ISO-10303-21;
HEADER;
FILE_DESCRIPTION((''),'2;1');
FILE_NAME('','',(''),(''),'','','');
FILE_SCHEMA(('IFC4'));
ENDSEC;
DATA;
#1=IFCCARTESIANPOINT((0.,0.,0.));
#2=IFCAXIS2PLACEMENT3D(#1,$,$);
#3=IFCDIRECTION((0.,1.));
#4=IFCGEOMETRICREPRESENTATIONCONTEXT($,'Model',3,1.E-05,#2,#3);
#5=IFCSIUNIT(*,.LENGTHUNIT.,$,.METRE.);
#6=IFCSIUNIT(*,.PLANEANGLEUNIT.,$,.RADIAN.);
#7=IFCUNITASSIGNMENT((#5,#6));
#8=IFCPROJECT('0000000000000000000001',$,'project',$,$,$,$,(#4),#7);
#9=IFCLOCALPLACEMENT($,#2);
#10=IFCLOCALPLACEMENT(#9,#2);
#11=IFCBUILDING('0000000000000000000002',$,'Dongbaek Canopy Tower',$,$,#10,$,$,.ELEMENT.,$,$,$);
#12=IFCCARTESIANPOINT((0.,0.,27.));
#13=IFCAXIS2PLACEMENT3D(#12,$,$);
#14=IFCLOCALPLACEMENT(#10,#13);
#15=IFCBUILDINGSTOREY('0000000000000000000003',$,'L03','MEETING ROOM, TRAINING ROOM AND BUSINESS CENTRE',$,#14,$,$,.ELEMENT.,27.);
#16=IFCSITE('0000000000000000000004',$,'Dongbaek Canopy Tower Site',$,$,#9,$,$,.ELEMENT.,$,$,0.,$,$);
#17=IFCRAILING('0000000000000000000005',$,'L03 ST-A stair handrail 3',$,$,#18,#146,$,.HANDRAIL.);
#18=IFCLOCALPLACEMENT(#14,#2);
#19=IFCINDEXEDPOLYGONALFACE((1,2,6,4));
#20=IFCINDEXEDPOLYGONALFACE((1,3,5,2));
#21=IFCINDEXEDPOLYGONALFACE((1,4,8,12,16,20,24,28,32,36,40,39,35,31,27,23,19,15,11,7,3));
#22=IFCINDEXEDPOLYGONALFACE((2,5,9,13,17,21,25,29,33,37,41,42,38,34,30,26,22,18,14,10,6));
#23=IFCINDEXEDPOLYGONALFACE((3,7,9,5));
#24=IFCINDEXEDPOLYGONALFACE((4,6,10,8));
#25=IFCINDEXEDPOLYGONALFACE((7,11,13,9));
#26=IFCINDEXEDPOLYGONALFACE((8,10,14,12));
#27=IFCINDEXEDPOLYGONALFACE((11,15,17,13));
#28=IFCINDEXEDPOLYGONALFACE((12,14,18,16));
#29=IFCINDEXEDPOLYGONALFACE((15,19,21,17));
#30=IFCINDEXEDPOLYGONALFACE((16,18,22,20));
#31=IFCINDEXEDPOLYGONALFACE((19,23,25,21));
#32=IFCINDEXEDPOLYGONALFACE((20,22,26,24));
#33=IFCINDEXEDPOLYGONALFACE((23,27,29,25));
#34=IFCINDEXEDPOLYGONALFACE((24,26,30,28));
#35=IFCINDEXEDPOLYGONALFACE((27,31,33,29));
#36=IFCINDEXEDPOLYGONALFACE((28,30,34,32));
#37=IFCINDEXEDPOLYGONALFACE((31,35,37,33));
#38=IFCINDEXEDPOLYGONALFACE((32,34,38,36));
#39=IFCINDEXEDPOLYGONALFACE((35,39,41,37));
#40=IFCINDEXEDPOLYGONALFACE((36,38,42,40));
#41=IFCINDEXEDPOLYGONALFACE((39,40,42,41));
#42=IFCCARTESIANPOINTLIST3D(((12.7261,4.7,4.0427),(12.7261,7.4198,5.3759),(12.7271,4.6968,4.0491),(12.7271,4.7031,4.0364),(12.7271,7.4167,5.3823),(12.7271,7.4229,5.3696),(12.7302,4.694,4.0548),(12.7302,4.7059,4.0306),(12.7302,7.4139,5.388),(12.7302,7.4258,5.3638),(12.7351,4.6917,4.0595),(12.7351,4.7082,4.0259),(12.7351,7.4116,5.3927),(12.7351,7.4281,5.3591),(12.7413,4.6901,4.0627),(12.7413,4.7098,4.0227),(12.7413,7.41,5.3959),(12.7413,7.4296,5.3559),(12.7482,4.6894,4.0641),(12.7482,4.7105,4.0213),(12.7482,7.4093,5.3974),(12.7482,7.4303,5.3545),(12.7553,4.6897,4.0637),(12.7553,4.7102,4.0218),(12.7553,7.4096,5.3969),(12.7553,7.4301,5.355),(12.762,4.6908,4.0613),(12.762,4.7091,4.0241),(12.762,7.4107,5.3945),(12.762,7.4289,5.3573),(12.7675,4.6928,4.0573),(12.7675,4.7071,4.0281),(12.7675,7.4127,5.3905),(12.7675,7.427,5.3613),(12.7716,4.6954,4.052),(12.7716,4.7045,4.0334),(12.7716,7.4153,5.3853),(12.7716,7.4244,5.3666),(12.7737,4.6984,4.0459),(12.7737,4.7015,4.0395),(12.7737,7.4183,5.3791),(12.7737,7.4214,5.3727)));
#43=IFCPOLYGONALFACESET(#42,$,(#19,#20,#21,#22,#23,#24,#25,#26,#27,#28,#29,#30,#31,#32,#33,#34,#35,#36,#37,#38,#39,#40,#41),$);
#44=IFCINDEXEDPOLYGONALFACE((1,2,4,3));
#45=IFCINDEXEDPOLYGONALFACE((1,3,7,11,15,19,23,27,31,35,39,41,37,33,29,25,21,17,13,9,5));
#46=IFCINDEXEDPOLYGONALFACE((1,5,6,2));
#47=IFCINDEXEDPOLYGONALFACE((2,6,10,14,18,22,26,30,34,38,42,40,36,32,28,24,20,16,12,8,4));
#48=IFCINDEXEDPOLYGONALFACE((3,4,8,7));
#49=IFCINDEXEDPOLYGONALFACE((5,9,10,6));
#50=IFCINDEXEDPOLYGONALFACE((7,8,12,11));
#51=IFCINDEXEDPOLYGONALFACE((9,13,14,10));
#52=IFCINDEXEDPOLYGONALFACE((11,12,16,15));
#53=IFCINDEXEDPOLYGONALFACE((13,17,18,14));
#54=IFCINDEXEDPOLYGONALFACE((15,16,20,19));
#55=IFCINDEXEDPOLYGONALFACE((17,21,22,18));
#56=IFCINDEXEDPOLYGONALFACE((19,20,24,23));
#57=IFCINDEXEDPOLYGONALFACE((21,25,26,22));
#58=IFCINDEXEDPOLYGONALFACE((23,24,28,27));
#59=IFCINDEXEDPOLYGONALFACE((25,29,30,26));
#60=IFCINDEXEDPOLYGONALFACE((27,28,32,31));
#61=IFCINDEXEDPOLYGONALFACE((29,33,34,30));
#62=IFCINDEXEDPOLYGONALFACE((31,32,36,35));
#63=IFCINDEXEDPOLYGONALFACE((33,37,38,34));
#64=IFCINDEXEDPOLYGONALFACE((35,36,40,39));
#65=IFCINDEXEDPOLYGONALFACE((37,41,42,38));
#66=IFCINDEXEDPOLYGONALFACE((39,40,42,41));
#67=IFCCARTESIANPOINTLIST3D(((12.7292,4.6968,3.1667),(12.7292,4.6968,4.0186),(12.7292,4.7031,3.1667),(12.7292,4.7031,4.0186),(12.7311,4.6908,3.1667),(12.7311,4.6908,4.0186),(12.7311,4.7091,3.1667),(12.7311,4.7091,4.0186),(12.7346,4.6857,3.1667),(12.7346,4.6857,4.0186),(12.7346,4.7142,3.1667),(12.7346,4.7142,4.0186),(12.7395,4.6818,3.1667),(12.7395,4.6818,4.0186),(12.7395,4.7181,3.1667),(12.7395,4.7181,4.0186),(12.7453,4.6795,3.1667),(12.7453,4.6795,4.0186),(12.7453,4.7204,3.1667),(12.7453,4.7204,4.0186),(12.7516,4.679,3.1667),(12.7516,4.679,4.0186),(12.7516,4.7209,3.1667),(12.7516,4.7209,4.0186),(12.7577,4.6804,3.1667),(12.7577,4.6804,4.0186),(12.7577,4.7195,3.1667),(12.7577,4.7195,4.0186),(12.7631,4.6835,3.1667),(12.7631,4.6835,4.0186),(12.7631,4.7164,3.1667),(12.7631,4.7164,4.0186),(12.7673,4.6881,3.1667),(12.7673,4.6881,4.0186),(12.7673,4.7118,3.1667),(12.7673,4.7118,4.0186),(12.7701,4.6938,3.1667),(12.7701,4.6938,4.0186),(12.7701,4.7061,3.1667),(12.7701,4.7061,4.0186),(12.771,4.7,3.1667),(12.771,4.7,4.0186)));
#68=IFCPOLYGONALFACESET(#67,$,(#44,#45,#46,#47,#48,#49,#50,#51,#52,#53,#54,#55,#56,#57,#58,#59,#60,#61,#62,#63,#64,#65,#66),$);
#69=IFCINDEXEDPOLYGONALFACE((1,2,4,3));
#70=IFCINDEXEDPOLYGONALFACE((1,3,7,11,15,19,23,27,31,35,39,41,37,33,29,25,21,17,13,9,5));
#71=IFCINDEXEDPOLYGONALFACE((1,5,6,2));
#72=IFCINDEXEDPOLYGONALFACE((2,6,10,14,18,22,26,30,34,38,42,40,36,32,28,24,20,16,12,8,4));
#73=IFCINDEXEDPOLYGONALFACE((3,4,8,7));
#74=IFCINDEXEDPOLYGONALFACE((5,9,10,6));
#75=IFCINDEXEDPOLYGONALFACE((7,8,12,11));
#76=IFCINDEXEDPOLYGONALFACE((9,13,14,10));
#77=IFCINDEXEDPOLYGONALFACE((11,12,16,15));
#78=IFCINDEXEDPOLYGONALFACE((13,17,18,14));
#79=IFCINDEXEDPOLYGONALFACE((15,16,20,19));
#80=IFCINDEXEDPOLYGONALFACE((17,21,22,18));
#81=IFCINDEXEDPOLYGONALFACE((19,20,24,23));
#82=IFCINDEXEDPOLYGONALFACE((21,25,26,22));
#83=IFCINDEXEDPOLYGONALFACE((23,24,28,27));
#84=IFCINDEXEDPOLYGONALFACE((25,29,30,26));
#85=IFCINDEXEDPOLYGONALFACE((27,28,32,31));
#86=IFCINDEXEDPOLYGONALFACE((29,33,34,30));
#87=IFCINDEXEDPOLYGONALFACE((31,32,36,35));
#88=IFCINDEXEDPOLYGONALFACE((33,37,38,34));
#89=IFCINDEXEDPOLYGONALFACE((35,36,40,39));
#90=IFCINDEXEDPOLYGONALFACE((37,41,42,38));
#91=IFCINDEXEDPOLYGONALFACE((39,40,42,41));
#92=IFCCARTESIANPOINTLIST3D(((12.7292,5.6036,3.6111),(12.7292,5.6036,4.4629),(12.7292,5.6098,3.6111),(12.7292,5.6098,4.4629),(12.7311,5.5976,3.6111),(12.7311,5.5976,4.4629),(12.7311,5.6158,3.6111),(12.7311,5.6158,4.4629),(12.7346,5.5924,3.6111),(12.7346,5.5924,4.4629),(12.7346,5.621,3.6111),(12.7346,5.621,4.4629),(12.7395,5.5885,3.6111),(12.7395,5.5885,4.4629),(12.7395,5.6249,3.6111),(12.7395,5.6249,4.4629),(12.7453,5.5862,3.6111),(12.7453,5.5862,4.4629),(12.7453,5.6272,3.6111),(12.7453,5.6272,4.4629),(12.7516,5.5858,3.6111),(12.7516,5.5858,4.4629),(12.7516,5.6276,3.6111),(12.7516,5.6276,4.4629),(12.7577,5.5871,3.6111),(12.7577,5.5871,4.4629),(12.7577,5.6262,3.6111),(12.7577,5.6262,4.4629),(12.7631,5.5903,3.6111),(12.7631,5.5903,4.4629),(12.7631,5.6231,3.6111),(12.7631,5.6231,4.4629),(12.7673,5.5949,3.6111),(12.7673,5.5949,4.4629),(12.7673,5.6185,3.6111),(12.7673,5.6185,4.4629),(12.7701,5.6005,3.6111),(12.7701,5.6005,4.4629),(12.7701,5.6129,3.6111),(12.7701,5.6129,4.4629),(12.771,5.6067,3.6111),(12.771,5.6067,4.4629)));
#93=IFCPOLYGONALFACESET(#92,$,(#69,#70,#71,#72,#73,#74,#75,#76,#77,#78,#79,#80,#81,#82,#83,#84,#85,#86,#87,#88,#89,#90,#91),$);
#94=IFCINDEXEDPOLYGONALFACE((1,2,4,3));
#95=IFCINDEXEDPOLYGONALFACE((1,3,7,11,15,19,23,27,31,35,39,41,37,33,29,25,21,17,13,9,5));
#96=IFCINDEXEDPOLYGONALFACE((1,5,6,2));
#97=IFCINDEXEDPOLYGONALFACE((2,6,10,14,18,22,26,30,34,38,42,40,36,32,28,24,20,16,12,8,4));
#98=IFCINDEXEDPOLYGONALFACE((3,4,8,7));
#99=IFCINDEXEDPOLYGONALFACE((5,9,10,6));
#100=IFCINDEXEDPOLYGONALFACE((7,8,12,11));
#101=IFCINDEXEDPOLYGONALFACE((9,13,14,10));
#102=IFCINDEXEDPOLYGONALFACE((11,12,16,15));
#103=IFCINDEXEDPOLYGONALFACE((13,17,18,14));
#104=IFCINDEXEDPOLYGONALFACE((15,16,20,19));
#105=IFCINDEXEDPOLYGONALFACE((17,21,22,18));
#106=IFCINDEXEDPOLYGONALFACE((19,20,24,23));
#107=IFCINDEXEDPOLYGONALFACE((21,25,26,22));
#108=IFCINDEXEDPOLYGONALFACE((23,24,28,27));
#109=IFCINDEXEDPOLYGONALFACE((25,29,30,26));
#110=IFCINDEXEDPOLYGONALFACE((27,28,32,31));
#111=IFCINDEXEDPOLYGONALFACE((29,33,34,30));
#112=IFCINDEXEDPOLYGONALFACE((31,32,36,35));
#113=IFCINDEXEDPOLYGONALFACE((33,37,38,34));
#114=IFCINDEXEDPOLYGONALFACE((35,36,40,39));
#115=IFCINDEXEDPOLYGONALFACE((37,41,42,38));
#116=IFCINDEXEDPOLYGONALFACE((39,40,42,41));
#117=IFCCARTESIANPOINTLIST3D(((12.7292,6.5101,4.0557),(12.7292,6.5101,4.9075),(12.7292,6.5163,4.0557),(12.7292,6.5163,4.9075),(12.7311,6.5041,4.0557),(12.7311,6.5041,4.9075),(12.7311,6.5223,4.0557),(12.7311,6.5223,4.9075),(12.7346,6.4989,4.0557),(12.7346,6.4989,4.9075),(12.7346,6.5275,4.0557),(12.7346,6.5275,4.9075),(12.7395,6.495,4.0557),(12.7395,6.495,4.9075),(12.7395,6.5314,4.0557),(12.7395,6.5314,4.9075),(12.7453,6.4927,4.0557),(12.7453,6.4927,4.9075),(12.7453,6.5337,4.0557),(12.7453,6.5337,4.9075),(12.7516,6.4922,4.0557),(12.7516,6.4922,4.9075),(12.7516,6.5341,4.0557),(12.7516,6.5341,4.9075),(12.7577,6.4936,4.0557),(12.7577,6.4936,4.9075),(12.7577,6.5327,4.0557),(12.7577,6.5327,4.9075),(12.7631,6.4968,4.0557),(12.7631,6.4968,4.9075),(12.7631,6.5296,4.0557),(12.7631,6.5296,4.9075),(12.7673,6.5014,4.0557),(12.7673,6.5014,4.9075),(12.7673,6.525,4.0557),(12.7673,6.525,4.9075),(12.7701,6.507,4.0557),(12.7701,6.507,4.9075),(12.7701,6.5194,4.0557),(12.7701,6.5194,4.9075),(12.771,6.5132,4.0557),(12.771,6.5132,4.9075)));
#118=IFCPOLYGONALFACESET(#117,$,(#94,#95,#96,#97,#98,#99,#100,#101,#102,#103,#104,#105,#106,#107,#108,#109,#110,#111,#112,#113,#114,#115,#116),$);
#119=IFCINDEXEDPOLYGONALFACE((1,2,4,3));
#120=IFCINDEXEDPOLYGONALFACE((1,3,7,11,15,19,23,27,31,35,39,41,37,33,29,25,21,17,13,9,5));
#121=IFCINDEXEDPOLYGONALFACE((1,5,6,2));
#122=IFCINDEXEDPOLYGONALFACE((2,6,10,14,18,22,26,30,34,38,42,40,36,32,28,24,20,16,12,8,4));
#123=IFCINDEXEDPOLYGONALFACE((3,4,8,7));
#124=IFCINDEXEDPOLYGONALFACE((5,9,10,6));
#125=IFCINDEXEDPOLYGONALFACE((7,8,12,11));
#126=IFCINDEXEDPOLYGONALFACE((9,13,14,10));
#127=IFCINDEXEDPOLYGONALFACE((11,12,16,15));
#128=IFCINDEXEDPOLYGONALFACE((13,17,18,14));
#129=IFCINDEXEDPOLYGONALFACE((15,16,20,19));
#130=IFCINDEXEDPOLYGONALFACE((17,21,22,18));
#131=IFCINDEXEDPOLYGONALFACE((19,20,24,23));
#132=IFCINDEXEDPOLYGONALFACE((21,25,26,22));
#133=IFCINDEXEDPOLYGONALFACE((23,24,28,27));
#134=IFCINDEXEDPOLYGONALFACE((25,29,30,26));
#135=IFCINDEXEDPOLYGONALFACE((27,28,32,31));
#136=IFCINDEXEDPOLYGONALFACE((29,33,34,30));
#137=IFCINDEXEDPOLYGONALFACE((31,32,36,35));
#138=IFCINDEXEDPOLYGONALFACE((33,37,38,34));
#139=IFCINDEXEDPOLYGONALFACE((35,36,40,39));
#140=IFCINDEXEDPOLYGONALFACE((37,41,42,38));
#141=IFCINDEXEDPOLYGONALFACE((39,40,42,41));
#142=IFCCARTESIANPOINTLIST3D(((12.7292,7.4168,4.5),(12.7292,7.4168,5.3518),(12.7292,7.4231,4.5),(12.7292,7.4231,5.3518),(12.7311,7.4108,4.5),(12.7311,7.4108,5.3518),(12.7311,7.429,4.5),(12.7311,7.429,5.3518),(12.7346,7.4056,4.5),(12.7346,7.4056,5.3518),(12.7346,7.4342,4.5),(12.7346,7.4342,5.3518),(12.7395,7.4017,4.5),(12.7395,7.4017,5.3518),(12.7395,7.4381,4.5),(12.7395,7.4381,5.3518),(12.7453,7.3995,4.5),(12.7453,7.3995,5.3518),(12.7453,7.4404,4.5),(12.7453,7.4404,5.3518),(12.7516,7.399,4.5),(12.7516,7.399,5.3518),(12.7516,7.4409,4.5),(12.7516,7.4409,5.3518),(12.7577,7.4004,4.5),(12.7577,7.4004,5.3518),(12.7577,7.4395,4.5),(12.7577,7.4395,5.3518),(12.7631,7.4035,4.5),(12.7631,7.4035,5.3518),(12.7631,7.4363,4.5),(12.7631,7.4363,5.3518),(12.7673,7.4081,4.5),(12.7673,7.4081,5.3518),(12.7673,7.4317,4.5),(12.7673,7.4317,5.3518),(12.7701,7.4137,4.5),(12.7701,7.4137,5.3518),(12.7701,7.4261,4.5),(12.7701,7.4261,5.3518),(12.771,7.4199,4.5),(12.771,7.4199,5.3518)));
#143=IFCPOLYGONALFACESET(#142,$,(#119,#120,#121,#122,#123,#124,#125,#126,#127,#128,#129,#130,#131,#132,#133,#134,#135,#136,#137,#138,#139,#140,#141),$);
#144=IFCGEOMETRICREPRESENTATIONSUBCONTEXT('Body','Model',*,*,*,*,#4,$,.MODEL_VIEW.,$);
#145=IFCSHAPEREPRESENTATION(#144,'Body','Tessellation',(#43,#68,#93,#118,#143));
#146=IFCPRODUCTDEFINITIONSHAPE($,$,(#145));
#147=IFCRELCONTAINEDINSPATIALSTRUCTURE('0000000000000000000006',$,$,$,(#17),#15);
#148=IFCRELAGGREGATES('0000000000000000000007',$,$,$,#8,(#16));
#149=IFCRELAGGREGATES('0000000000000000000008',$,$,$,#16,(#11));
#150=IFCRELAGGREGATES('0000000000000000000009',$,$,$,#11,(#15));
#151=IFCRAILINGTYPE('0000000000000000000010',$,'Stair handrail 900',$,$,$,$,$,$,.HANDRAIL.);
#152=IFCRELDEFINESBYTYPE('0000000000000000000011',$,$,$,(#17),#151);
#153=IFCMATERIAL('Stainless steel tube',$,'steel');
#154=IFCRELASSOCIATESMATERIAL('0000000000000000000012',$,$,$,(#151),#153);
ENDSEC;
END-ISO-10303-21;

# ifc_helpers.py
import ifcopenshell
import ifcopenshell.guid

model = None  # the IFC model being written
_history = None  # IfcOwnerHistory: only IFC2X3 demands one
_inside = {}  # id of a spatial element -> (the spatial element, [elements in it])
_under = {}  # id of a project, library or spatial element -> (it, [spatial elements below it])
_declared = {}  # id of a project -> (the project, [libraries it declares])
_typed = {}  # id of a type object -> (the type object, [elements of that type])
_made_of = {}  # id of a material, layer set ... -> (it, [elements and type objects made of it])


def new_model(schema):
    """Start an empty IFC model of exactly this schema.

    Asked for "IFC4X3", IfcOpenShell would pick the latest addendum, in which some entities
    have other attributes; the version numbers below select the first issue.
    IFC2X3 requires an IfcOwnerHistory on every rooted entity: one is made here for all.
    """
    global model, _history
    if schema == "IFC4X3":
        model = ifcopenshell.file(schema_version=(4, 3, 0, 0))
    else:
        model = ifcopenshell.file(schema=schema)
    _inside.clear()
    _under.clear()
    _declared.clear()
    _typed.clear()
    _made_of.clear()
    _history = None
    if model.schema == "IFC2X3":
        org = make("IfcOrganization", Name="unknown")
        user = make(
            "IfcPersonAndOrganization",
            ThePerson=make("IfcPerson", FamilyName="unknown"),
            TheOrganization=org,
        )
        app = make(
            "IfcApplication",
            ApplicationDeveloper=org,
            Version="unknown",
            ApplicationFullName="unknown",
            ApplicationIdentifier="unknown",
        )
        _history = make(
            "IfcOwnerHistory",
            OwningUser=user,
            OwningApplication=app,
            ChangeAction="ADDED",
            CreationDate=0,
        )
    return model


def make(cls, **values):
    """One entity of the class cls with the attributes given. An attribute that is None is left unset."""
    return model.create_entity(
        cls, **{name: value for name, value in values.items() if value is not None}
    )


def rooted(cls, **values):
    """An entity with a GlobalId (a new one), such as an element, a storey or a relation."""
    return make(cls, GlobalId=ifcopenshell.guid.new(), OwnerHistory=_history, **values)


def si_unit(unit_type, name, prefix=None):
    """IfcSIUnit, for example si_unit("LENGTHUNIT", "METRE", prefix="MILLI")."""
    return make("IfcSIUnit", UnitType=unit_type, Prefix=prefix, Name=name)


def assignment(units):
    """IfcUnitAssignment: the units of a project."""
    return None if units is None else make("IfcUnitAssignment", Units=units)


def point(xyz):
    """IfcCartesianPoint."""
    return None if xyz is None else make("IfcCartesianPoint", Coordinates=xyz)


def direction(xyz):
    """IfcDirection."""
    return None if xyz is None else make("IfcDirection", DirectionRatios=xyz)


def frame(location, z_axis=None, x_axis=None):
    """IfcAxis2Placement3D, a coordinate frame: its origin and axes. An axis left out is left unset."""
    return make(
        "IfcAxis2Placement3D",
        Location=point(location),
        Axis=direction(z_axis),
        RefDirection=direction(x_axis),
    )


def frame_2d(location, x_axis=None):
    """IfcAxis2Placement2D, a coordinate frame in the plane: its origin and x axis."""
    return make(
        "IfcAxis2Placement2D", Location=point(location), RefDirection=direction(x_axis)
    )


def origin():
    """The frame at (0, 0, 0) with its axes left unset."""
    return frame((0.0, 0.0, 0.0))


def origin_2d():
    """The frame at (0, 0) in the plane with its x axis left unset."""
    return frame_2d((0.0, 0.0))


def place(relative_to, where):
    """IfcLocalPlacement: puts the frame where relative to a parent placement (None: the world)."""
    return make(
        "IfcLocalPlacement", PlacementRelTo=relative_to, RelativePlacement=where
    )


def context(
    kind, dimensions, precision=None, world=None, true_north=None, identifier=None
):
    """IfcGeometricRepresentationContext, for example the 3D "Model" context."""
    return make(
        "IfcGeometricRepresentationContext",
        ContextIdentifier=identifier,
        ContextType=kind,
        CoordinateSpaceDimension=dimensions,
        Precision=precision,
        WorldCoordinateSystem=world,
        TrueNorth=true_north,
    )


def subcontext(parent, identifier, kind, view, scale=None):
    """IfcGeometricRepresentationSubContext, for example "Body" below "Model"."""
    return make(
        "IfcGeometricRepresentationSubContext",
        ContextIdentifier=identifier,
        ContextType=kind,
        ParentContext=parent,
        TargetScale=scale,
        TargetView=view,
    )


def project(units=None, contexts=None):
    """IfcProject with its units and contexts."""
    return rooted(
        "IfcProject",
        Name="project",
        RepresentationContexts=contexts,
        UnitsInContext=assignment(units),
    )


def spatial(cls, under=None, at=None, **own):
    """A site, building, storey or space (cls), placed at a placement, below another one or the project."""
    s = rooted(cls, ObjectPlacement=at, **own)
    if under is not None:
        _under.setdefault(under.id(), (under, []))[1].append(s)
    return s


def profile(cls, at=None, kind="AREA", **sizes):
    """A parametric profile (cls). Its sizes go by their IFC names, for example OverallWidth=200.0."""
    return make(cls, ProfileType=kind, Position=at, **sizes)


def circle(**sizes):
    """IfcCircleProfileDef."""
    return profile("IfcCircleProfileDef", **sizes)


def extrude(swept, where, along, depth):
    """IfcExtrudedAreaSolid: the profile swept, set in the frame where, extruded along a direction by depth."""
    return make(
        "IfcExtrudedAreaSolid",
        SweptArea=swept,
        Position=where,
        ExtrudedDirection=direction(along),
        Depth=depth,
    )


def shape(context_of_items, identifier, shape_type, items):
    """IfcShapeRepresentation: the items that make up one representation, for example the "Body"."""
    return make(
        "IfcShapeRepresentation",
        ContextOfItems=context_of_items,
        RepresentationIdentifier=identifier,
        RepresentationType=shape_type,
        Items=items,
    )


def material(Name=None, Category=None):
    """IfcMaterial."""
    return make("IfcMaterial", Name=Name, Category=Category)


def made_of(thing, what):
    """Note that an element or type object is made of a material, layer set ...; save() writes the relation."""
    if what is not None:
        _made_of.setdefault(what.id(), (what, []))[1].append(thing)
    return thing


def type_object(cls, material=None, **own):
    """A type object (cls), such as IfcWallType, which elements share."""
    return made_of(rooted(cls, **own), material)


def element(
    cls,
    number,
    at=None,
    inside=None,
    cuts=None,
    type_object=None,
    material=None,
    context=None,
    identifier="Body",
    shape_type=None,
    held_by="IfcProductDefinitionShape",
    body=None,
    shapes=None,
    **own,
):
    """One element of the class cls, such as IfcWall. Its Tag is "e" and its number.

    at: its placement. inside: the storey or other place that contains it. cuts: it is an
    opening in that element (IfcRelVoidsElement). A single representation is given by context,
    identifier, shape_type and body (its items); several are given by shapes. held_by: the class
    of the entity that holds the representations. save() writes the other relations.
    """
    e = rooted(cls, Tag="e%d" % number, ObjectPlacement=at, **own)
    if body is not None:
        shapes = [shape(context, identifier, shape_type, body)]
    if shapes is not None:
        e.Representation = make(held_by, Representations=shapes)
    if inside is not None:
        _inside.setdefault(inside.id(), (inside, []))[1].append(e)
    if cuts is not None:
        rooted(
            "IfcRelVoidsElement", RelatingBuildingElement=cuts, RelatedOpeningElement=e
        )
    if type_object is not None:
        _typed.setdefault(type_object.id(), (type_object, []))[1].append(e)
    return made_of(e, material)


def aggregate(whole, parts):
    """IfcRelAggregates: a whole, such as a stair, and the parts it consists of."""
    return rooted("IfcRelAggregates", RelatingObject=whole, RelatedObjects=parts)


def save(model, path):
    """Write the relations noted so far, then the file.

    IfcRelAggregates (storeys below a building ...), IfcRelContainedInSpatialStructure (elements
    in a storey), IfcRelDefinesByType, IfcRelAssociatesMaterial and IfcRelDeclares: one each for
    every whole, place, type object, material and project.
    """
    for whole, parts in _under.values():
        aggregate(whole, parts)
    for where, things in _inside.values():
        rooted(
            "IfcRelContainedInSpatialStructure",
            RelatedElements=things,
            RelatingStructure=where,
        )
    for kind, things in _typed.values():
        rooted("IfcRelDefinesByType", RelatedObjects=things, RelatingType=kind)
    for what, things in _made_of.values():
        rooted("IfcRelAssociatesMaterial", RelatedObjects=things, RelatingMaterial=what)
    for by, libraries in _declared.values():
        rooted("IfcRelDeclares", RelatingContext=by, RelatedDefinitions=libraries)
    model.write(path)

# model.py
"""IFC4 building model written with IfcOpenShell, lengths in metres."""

from ifc_helpers import new_model, si_unit, direction, frame, origin, origin_2d, place, context, subcontext, project, spatial, circle, extrude, material, type_object, element, save


model = new_model("IFC4")

# Units and contexts
model_context = context("Model", 3, precision=1e-05, world=origin(), true_north=direction((0.0, 1.0)))
body_context = subcontext(model_context, "Body", "Model", "MODEL_VIEW")
ifc_project = project(units=[si_unit("LENGTHUNIT", "METRE"), si_unit("PLANEANGLEUNIT", "RADIAN")], contexts=[model_context])

# Site, building, storey
site_placement = place(None, origin())
site = spatial("IfcSite", under=ifc_project, at=site_placement, Name="Dongbaek Canopy Tower Site", CompositionType="ELEMENT", RefElevation=0.0)
building_placement = place(site_placement, origin())
building = spatial("IfcBuilding", under=site, at=building_placement, Name="Dongbaek Canopy Tower", CompositionType="ELEMENT")
storey_placement = place(building_placement, frame((0.0, 0.0, 27.0)))
storey = spatial("IfcBuildingStorey", under=building, at=storey_placement, Name="L03", Description="MEETING ROOM, TRAINING ROOM AND BUSINESS CENTRE", CompositionType="ELEMENT", Elevation=27.0)

# Railing
ifc_material_1 = material(Name="Stainless steel tube", Category="steel")
railing_type_1 = type_object("IfcRailingType", Name="Stair handrail 900", PredefinedType="HANDRAIL", material=ifc_material_1)
for number, where, name in (
    (1, (12.75, 4.7, 3.1667), "L03 ST-A stair handrail 3"),
):
    element("IfcRailing", number, at=place(storey_placement, frame(where)), inside=storey, type_object=railing_type_1, Name=name, PredefinedType="HANDRAIL", context=body_context, shape_type="SweptSolid", body=[
        extrude(circle(Radius=0.0239, at=origin_2d()), frame((0.0, 0.0, 0.876), z_axis=(0.0, 0.897929, 0.440139), x_axis=(-1.0, 0.0, 0.0)), (0.0, 0.0, 1.0), 3.0291),
        extrude(circle(Radius=0.021, at=origin_2d()), origin(), (0.0, 0.0, 1.0), 0.8518),
        extrude(circle(Radius=0.021, at=origin_2d()), frame((0.0, 0.9067, 0.4443)), (0.0, 0.0, 1.0), 0.8518),
        extrude(circle(Radius=0.021, at=origin_2d()), frame((0.0, 1.8132, 0.8889)), (0.0, 0.0, 1.0), 0.8518),
        extrude(circle(Radius=0.021, at=origin_2d()), frame((0.0, 2.72, 1.3333)), (0.0, 0.0, 1.0), 0.8518),
    ])

save(model, "model.ifc")
